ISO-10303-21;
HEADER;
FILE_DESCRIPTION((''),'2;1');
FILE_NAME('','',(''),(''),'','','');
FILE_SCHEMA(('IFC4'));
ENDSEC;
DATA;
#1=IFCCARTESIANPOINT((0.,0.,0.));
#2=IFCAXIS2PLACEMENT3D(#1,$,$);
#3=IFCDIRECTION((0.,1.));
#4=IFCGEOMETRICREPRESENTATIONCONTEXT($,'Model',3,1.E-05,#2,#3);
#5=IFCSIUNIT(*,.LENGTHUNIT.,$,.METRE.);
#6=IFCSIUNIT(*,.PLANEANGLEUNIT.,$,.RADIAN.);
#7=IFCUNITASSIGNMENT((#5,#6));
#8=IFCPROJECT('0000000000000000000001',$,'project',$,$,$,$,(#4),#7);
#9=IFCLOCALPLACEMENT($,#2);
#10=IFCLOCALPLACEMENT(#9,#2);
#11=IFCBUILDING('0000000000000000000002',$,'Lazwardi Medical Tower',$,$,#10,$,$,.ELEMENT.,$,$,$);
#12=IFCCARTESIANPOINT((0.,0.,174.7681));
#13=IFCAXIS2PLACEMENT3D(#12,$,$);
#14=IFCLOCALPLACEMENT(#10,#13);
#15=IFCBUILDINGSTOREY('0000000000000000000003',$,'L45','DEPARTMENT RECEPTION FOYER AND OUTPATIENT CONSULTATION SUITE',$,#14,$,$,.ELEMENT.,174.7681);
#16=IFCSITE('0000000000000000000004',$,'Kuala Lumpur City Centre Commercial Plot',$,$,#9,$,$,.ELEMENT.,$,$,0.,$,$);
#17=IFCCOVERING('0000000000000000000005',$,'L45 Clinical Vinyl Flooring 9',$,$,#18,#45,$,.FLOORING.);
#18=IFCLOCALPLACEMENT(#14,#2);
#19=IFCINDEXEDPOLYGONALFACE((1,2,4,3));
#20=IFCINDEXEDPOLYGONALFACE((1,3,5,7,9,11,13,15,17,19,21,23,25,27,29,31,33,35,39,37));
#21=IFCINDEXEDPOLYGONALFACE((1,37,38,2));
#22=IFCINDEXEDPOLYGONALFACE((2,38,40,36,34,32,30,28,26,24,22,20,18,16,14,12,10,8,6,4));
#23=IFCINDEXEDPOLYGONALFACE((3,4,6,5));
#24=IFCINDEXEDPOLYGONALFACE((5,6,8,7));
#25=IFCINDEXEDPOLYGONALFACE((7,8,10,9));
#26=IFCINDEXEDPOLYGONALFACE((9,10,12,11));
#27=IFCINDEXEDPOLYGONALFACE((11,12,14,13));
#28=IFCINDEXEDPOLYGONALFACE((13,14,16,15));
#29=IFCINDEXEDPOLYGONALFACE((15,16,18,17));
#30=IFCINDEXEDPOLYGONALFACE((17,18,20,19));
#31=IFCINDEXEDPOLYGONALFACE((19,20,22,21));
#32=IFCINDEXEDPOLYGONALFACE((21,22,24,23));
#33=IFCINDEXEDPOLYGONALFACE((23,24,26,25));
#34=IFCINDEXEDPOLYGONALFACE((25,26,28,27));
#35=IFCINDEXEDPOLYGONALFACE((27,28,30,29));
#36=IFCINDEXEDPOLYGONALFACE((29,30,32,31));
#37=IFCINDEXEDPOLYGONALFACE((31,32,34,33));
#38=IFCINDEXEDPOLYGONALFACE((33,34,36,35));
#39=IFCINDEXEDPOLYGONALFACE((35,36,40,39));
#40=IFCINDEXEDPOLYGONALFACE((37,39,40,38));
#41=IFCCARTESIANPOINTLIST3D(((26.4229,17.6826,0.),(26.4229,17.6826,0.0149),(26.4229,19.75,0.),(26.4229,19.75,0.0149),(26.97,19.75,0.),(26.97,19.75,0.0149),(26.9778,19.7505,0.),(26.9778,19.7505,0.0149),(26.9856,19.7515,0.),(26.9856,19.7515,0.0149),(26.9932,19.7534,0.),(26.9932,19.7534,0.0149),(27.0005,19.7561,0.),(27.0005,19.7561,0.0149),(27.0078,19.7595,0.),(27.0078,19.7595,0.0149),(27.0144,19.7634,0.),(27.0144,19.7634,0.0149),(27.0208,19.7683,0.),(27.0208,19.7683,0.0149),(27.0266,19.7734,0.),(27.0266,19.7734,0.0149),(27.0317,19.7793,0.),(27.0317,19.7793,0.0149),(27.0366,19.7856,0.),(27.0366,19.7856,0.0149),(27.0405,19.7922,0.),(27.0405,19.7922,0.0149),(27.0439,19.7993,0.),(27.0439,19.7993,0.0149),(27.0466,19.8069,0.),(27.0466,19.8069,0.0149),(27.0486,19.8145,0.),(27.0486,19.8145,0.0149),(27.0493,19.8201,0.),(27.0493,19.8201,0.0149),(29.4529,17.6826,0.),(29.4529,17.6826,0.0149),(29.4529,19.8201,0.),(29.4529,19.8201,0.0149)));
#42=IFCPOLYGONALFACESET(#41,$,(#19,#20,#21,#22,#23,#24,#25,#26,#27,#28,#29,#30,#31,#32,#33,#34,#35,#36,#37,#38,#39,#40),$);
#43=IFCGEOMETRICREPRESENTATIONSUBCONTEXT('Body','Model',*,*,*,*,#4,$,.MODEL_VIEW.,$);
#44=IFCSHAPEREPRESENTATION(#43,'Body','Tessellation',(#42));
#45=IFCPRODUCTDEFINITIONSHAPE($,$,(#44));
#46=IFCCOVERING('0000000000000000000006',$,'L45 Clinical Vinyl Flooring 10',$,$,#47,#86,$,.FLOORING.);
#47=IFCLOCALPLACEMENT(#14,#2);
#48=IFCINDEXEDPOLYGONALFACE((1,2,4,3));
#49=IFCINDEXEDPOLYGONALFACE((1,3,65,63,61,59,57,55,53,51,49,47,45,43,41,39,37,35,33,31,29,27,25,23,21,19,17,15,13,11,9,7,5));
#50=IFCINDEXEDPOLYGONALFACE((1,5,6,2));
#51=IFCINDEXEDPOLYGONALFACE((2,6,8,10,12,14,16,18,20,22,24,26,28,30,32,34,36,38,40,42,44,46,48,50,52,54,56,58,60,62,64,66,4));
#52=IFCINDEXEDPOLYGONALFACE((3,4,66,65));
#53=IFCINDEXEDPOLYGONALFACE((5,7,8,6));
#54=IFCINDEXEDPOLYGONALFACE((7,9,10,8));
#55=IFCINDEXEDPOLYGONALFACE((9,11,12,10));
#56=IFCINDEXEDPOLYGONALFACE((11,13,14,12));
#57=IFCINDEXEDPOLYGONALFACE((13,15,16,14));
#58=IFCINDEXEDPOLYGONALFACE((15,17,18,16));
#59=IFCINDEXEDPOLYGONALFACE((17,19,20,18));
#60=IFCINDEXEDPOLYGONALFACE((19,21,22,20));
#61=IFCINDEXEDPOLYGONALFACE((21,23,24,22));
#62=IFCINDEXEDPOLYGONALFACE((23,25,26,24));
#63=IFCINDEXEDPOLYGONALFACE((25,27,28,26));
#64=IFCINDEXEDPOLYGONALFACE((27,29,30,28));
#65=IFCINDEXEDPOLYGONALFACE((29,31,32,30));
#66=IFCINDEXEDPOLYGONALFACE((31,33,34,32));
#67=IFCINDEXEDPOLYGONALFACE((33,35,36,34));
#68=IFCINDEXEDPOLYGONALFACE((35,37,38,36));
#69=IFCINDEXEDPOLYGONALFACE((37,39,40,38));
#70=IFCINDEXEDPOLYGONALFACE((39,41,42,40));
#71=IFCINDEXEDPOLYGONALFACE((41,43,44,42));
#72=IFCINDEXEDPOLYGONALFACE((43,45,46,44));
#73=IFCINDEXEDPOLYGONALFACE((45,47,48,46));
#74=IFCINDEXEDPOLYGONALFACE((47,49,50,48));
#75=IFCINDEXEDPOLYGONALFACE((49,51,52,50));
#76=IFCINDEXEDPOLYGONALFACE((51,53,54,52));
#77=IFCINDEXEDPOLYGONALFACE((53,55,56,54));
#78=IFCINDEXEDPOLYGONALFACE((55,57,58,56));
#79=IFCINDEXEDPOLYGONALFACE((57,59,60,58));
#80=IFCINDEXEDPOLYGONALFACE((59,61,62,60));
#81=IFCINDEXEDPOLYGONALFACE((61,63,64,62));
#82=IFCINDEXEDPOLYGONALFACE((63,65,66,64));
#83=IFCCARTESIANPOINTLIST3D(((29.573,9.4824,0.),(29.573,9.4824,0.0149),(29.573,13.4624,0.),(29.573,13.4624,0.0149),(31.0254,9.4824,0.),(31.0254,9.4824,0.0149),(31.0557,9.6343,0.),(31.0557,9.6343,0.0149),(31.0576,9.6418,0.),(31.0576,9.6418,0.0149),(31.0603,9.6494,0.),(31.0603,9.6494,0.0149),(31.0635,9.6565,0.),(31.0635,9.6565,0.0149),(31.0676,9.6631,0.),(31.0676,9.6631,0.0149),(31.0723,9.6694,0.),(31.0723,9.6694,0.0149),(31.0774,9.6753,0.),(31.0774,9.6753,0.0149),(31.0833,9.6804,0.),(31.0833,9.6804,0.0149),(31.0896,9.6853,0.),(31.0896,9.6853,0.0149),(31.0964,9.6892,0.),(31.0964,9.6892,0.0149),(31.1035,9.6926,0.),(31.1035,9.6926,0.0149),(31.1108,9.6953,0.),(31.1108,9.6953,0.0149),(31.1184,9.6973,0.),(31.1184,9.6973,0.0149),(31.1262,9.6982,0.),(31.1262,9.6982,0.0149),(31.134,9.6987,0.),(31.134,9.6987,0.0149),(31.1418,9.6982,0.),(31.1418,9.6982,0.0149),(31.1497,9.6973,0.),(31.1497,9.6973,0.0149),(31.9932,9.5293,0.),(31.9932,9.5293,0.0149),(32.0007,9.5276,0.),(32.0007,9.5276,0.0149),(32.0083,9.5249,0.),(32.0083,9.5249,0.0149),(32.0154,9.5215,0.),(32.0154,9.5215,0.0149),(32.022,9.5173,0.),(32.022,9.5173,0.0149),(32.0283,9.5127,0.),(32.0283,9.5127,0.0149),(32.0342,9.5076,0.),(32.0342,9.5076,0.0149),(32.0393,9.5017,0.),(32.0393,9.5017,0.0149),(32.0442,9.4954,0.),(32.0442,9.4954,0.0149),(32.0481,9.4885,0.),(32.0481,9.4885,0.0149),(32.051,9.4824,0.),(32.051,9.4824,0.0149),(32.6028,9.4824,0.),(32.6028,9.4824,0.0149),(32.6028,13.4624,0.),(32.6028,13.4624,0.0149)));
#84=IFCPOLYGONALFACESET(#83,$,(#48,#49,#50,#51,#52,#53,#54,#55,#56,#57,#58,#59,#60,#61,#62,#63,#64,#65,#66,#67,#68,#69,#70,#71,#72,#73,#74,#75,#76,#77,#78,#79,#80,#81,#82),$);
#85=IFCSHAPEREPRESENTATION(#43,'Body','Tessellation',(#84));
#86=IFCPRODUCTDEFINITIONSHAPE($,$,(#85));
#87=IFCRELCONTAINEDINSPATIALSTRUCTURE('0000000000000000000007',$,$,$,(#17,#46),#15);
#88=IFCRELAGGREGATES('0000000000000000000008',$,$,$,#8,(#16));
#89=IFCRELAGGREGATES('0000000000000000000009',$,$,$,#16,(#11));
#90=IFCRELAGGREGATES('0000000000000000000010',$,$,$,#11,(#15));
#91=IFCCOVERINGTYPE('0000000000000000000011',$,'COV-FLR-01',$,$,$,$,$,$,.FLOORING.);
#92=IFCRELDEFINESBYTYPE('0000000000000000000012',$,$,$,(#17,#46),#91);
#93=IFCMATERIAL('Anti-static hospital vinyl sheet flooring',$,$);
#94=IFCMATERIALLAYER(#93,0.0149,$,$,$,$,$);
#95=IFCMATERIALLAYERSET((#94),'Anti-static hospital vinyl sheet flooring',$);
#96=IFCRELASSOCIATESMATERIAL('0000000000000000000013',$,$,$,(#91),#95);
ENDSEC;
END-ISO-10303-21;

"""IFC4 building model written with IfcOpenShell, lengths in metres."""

from ifc_helpers import new_model, si_unit, direction, frame, origin, place, context, subcontext, project, spatial, polyline, outline, extrude, material, layer, layer_set, type_object, element, save


model = new_model("IFC4")

# Units and contexts
model_context = context("Model", 3, precision=1e-05, world=origin(), true_north=direction((0.0, 1.0)))
body_context = subcontext(model_context, "Body", "Model", "MODEL_VIEW")
ifc_project = project(units=[si_unit("LENGTHUNIT", "METRE"), si_unit("PLANEANGLEUNIT", "RADIAN")], contexts=[model_context])

# Site, building, storey
site_placement = place(None, origin())
site = spatial("IfcSite", under=ifc_project, at=site_placement, Name="Kuala Lumpur City Centre Commercial Plot", CompositionType="ELEMENT", RefElevation=0.0)
building_placement = place(site_placement, origin())
building = spatial("IfcBuilding", under=site, at=building_placement, Name="Lazwardi Medical Tower", CompositionType="ELEMENT")
storey_placement = place(building_placement, frame((0.0, 0.0, 174.7681)))
storey = spatial("IfcBuildingStorey", under=building, at=storey_placement, Name="L45", Description="DEPARTMENT RECEPTION FOYER AND OUTPATIENT CONSULTATION SUITE", CompositionType="ELEMENT", Elevation=174.7681)

# Coverings
ifc_material_1 = material(Name="Anti-static hospital vinyl sheet flooring")
ifc_layer_1 = layer(ifc_material_1, 0.0149)
ifc_layer_set_1 = layer_set([ifc_layer_1], Name="Anti-static hospital vinyl sheet flooring")
covering_type_1 = type_object("IfcCoveringType", Name="COV-FLR-01", PredefinedType="FLOORING", material=ifc_layer_set_1)
covering_1_placement = place(storey_placement, origin())
element("IfcCovering", 1, at=covering_1_placement, inside=storey, type_object=covering_type_1, Name="L45 Clinical Vinyl Flooring 9", PredefinedType="FLOORING", context=body_context, shape_type="SweptSolid", body=[
    extrude(outline(polyline([(29.4529, 19.8201), (27.0493, 19.8201), (27.0486, 19.8145), (27.0466, 19.8069), (27.0439, 19.7993), (27.0405, 19.7922), (27.0366, 19.7856), (27.0317, 19.7793), (27.0266, 19.7734), (27.0208, 19.7683), (27.0144, 19.7634), (27.0078, 19.7595), (27.0005, 19.7561), (26.9932, 19.7534), (26.9856, 19.7515), (26.9778, 19.7505), (26.97, 19.75), (26.4229, 19.75), (26.4229, 17.6826), (29.4529, 17.6826), (29.4529, 19.8201)])), origin(), (0.0, 0.0, 1.0), 0.0149),
])
covering_2_placement = place(storey_placement, origin())
element("IfcCovering", 2, at=covering_2_placement, inside=storey, type_object=covering_type_1, Name="L45 Clinical Vinyl Flooring 10", PredefinedType="FLOORING", context=body_context, shape_type="SweptSolid", body=[
    extrude(outline(polyline([(31.0254, 9.4824), (31.0557, 9.6343), (31.0576, 9.6418), (31.0603, 9.6494), (31.0635, 9.6565), (31.0676, 9.6631), (31.0723, 9.6694), (31.0774, 9.6753), (31.0833, 9.6804), (31.0896, 9.6853), (31.0964, 9.6892), (31.1035, 9.6926), (31.1108, 9.6953), (31.1184, 9.6973), (31.1262, 9.6982), (31.134, 9.6987), (31.1418, 9.6982), (31.1497, 9.6973), (31.9932, 9.5293), (32.0007, 9.5276), (32.0083, 9.5249), (32.0154, 9.5215), (32.022, 9.5173), (32.0283, 9.5127), (32.0342, 9.5076), (32.0393, 9.5017), (32.0442, 9.4954), (32.0481, 9.4885), (32.051, 9.4824), (32.6028, 9.4824), (32.6028, 13.4624), (29.573, 13.4624), (29.573, 9.4824), (31.0254, 9.4824)])), origin(), (0.0, 0.0, 1.0), 0.0149),
])

save(model, "model.ifc")
